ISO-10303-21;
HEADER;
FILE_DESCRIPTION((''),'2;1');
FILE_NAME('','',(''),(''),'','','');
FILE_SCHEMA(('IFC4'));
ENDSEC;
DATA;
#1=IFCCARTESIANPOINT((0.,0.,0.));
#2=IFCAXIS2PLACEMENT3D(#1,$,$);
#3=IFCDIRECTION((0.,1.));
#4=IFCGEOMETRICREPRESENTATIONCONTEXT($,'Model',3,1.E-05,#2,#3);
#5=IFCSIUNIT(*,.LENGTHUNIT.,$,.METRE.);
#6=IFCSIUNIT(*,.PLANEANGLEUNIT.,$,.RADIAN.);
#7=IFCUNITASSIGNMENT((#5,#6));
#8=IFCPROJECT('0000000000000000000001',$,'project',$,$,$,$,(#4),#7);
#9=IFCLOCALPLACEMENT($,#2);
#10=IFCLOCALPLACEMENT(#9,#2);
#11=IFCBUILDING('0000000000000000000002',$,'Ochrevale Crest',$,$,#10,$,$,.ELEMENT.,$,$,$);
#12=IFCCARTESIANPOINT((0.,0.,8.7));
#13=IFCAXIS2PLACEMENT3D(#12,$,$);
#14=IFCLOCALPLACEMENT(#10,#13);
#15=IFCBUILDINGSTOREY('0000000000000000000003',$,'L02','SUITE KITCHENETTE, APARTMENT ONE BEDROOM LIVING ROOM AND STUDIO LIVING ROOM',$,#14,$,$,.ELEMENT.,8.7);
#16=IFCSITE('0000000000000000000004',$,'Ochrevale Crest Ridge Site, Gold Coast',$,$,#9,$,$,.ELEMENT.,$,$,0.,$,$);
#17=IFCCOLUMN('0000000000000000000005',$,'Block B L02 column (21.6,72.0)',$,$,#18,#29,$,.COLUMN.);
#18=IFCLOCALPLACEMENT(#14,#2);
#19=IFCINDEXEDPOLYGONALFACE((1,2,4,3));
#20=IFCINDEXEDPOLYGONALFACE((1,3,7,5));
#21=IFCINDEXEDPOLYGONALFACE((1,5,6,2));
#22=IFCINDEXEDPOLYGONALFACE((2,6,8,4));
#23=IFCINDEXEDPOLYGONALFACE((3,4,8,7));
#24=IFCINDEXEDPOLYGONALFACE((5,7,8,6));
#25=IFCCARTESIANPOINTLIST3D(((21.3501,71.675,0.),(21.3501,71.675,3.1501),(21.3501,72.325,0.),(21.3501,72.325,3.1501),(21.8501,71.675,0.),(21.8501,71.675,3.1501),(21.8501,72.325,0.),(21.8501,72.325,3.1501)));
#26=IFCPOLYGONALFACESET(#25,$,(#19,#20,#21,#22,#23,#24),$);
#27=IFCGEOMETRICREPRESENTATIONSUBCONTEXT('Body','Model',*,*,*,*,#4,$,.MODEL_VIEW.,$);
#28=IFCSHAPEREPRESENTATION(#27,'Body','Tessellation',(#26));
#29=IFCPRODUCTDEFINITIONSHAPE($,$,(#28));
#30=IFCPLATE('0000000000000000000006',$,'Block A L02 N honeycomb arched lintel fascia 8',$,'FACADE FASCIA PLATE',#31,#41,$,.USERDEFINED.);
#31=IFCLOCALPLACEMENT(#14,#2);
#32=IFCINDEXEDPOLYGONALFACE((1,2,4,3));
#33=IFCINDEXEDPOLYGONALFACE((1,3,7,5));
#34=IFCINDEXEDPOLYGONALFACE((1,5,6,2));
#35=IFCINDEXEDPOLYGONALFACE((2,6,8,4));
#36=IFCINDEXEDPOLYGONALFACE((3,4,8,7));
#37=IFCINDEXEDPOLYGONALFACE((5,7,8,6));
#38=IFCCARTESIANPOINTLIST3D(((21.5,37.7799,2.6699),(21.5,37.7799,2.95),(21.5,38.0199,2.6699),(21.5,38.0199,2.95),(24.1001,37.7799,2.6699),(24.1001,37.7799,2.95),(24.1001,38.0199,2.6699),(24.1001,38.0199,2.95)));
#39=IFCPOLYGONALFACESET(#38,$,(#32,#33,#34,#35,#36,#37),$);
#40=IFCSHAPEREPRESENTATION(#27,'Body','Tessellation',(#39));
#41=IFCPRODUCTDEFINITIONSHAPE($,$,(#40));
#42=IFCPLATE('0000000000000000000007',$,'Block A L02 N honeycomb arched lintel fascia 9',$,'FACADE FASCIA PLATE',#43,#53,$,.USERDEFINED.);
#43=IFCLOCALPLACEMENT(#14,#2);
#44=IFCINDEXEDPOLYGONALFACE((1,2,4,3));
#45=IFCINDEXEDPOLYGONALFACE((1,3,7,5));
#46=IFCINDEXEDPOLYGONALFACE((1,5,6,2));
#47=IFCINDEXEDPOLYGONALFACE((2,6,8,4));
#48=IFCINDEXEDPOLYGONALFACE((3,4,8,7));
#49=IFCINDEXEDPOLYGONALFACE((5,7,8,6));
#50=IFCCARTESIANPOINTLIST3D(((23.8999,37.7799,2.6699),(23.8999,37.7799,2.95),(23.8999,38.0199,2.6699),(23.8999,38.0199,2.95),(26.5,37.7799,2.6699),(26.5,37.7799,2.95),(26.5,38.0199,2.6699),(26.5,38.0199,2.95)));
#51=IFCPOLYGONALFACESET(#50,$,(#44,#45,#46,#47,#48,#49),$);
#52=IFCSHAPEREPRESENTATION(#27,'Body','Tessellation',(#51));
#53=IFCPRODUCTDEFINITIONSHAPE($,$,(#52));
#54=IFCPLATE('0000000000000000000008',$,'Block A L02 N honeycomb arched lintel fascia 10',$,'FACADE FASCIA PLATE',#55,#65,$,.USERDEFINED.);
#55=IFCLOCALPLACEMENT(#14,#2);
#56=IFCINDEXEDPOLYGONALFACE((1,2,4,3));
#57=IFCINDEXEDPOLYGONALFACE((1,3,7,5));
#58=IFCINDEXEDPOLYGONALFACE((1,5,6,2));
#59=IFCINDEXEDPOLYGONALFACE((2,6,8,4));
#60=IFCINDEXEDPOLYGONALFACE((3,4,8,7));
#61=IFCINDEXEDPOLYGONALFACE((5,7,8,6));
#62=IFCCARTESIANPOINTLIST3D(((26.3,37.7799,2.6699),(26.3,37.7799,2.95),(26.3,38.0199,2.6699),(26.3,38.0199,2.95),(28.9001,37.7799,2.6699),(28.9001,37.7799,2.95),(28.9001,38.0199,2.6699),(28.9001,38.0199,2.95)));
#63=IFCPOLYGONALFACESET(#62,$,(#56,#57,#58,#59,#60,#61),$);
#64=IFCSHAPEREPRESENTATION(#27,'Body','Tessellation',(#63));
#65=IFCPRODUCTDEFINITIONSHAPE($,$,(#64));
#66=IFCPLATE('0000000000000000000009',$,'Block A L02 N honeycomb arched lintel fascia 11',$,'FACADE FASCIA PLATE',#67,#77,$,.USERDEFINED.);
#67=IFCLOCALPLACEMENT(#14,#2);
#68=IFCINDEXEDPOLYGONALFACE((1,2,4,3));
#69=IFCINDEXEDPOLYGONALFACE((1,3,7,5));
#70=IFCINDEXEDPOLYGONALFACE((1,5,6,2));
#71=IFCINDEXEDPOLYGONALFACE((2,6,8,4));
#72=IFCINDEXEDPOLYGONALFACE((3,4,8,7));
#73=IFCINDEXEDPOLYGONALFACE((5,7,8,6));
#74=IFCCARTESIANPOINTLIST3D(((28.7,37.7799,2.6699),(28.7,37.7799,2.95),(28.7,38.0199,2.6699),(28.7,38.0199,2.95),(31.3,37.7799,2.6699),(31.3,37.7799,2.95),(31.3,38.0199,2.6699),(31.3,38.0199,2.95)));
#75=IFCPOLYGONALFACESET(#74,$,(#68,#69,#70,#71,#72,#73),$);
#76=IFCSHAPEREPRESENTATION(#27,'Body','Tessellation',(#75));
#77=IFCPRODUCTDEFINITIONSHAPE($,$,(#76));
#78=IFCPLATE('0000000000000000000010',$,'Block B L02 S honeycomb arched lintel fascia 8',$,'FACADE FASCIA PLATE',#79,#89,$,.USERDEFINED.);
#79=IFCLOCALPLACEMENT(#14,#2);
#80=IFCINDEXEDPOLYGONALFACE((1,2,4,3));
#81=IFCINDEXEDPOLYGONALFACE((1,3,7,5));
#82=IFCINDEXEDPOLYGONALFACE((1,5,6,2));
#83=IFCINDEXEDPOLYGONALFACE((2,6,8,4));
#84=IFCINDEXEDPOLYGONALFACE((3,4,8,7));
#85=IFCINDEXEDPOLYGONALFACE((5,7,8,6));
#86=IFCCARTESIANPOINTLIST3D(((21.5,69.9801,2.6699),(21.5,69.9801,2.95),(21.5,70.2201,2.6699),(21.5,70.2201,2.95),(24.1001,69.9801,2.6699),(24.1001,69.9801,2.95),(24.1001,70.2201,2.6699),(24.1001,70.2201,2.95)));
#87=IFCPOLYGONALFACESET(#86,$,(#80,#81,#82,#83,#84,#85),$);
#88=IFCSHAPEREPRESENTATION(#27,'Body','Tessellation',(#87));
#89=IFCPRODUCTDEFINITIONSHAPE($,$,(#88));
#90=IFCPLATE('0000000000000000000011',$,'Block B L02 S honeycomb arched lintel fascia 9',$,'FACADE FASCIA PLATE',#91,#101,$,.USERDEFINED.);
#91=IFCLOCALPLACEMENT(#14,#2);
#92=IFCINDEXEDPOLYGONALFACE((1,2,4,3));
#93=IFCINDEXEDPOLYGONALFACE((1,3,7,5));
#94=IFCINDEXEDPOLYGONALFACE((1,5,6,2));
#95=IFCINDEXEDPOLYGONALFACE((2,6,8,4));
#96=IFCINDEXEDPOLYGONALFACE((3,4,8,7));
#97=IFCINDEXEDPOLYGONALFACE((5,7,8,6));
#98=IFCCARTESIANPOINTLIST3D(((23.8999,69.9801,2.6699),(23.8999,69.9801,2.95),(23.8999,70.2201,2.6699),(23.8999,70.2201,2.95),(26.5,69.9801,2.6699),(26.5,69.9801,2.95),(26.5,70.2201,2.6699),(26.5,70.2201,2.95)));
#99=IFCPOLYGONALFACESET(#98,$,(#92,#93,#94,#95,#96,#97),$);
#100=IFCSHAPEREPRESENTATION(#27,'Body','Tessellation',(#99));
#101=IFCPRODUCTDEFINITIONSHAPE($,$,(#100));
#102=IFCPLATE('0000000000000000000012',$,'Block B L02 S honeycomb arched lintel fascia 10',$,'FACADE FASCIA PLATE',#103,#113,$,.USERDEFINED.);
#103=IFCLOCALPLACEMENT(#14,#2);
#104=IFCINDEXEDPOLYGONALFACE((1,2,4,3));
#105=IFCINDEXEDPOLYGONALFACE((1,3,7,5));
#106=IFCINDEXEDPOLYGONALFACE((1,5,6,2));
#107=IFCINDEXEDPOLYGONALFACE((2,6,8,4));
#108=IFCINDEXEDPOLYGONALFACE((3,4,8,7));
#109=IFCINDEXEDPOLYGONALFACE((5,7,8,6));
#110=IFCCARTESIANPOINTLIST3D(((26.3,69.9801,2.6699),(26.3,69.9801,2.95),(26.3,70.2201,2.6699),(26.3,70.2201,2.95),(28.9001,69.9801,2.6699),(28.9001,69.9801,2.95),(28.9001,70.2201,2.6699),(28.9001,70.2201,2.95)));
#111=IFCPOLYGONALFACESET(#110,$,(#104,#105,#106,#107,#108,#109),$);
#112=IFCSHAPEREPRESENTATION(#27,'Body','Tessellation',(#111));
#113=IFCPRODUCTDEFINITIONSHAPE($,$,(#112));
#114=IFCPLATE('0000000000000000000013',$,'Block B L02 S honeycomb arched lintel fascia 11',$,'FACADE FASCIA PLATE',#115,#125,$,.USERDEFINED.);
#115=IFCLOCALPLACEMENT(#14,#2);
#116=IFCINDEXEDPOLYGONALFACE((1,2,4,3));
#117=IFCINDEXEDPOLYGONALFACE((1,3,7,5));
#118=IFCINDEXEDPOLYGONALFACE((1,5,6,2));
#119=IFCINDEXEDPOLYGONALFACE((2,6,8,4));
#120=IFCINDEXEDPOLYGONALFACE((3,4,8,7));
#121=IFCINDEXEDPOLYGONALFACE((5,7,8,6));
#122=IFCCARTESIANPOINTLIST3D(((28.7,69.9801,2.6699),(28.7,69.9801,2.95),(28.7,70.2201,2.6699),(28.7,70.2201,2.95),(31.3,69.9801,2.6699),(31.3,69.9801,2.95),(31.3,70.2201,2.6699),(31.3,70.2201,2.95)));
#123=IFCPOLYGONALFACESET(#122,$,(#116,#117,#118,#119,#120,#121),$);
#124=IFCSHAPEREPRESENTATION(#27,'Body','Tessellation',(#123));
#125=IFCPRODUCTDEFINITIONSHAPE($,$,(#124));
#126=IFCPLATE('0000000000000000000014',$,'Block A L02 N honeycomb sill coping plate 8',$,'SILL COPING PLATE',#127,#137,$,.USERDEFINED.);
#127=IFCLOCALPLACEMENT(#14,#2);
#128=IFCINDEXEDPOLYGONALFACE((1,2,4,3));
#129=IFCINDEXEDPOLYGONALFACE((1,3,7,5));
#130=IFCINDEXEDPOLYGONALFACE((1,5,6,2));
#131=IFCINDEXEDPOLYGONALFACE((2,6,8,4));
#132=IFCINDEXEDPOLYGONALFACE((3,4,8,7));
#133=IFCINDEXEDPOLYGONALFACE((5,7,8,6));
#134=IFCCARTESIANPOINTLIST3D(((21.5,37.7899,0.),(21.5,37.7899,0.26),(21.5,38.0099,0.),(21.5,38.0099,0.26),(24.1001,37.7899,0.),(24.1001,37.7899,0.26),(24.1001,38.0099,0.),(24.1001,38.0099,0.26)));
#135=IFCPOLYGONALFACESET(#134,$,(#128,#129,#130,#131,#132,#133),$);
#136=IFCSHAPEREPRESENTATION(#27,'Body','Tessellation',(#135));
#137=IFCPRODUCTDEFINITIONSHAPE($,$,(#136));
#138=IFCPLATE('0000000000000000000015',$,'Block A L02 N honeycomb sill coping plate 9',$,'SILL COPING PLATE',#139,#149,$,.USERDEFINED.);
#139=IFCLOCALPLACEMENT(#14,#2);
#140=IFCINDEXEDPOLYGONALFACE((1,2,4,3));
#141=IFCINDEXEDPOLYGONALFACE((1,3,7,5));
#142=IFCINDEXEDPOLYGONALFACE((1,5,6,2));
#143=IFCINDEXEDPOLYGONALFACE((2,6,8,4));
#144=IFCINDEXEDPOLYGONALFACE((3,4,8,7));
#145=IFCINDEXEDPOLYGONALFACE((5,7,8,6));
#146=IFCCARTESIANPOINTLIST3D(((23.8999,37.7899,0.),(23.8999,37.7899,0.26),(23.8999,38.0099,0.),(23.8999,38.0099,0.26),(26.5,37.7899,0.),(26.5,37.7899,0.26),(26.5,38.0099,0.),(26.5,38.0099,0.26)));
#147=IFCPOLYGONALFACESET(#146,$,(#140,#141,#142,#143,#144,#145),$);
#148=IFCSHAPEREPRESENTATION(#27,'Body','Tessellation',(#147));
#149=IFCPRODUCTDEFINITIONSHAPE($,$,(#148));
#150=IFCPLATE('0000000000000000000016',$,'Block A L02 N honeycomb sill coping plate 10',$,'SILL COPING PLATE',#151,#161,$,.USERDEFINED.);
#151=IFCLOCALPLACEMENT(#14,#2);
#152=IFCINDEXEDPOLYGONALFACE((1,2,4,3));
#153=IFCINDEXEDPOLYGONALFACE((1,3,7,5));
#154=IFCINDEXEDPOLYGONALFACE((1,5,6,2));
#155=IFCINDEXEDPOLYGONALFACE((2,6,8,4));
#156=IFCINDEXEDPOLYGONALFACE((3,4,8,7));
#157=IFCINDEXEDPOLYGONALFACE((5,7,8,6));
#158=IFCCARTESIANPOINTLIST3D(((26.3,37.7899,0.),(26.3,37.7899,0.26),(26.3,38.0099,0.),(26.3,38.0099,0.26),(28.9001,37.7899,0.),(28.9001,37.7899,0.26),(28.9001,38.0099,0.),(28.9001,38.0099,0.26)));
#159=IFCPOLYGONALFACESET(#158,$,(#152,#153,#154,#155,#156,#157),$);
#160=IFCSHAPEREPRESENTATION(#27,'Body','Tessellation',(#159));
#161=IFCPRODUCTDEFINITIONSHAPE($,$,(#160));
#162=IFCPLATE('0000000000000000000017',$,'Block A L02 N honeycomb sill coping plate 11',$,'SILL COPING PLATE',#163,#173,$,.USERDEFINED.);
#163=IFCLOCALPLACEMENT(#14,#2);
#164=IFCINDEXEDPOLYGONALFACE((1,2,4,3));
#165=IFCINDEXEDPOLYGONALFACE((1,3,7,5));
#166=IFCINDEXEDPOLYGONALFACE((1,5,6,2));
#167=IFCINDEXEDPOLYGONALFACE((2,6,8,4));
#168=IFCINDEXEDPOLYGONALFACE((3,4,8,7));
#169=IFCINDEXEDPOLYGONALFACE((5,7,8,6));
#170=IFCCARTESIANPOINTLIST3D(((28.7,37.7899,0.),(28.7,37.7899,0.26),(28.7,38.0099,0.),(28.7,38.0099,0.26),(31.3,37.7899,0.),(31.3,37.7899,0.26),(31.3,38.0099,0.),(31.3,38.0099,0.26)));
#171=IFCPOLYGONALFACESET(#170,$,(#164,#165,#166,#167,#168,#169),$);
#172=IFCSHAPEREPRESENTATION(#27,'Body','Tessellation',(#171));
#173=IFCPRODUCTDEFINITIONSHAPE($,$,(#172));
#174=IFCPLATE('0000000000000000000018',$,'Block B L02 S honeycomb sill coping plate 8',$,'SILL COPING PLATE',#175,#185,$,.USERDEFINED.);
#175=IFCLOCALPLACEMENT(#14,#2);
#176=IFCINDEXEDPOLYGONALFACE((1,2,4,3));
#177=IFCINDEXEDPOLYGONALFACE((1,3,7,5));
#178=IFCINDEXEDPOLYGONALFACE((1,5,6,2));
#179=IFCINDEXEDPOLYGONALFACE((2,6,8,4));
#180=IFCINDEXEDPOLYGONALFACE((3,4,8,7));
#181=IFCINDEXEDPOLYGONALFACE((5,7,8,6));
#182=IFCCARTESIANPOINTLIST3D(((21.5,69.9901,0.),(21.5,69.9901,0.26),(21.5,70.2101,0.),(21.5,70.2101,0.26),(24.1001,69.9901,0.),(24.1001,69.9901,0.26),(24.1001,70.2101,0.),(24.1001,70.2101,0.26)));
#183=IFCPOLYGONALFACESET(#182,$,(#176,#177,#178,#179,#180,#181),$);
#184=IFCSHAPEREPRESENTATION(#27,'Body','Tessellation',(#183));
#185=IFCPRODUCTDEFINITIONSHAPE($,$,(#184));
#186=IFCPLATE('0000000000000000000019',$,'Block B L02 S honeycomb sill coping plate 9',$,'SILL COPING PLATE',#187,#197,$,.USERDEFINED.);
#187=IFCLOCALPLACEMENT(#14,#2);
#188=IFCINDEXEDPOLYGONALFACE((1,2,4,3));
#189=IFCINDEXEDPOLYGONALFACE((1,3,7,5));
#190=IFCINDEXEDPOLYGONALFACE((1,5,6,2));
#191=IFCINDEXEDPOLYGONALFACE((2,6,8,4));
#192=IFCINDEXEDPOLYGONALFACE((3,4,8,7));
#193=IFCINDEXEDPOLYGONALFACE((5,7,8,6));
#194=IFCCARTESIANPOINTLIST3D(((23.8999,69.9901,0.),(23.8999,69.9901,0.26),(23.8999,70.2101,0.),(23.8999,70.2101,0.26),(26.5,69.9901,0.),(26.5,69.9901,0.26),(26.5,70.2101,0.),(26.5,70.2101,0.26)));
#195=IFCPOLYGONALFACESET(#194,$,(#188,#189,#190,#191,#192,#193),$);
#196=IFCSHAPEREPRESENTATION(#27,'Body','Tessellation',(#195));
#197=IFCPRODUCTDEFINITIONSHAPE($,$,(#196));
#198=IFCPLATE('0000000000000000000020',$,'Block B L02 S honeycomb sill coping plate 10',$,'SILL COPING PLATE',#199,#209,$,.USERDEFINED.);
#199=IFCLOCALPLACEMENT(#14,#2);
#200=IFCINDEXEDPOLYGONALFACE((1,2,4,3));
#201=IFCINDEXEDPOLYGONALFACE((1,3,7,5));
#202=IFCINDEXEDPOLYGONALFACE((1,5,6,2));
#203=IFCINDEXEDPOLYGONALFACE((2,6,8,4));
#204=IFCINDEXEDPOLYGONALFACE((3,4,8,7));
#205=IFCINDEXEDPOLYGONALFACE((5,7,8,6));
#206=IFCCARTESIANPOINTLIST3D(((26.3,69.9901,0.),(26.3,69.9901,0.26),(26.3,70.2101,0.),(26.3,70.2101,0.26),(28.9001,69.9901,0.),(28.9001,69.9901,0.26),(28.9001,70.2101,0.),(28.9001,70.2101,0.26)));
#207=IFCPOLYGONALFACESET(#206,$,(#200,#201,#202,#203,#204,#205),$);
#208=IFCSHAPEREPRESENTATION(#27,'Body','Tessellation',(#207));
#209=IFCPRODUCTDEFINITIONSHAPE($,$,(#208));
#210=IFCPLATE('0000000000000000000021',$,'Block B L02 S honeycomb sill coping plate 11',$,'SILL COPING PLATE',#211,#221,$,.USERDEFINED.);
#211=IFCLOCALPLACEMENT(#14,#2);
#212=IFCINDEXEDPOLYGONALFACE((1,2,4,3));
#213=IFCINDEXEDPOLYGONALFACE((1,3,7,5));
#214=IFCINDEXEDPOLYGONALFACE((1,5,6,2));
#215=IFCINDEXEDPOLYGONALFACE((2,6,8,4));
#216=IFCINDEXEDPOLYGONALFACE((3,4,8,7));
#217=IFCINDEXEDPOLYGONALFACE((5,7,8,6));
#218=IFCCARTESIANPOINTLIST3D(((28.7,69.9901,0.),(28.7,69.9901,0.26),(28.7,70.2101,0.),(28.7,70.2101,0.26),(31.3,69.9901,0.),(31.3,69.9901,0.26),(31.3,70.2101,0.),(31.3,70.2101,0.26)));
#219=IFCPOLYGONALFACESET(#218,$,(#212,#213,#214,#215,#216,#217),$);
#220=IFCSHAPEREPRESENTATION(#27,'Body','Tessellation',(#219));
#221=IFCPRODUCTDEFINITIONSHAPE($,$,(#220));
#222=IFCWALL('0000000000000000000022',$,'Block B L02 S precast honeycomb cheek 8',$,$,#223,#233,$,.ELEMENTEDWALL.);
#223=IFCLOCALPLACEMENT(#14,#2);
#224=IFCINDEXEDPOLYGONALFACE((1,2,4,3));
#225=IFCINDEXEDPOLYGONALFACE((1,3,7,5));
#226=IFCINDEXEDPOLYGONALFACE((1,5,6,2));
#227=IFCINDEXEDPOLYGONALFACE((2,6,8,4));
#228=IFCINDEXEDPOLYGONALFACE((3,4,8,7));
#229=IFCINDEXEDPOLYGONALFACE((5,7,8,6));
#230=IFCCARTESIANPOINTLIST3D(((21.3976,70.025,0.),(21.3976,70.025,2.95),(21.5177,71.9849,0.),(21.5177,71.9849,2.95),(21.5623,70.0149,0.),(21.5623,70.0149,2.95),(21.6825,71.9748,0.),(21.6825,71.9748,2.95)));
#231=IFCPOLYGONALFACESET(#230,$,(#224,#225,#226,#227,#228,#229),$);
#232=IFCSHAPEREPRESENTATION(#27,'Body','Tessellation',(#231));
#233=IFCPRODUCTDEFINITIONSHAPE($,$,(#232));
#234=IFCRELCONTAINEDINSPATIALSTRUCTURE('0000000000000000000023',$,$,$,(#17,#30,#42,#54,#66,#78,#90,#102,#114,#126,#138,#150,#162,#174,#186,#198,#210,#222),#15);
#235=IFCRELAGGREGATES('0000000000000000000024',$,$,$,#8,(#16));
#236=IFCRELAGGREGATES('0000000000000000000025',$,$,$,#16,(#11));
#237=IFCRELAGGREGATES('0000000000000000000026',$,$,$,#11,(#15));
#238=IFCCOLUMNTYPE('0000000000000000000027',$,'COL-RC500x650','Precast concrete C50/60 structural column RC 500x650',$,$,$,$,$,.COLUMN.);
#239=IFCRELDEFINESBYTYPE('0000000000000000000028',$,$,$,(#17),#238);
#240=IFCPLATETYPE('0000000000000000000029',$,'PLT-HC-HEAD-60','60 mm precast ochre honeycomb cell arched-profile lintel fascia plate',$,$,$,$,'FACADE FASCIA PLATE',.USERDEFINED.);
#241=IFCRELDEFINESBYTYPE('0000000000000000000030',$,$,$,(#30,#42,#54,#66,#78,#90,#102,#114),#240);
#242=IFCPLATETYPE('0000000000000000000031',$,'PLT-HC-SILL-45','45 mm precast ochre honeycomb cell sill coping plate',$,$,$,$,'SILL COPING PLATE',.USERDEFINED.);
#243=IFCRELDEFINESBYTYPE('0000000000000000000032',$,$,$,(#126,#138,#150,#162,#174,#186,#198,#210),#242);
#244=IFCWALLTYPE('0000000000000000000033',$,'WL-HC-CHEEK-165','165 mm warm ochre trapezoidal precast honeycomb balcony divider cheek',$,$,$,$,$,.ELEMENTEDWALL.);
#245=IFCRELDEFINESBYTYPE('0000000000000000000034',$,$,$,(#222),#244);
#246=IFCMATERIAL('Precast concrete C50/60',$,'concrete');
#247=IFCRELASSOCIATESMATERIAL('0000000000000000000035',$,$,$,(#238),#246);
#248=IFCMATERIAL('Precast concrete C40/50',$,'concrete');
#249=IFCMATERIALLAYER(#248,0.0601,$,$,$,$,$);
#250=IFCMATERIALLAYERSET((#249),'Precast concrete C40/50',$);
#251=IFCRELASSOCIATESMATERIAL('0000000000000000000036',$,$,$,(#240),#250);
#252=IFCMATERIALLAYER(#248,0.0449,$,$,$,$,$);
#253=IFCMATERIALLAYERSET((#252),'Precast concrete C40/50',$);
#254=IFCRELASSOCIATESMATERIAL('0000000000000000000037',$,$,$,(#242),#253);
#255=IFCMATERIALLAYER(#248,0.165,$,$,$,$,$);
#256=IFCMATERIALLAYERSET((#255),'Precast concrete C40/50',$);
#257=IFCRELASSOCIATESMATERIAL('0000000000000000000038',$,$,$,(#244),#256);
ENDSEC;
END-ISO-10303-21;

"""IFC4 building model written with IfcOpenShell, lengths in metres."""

from ifc_helpers import new_model, si_unit, direction, frame, frame_2d, origin, origin_2d, place, context, subcontext, project, spatial, rectangle, extrude, material, layer, layer_set, material_profile, profile_set, type_object, element, save


model = new_model("IFC4")

# Units and contexts
model_context = context("Model", 3, precision=1e-05, world=origin(), true_north=direction((0.0, 1.0)))
body_context = subcontext(model_context, "Body", "Model", "MODEL_VIEW")
ifc_project = project(units=[si_unit("LENGTHUNIT", "METRE"), si_unit("PLANEANGLEUNIT", "RADIAN")], contexts=[model_context])

# Site, building, storey
site_placement = place(None, origin())
site = spatial("IfcSite", under=ifc_project, at=site_placement, Name="Ochrevale Crest Ridge Site, Gold Coast", CompositionType="ELEMENT", RefElevation=0.0)
building_placement = place(site_placement, origin())
building = spatial("IfcBuilding", under=site, at=building_placement, Name="Ochrevale Crest", CompositionType="ELEMENT")
storey_placement = place(building_placement, frame((0.0, 0.0, 8.7)))
storey = spatial("IfcBuildingStorey", under=building, at=storey_placement, Name="L02", Description="SUITE KITCHENETTE, APARTMENT ONE BEDROOM LIVING ROOM AND STUDIO LIVING ROOM", CompositionType="ELEMENT", Elevation=8.7)

# Column
ifc_material_1 = material(Name="Precast concrete C50/60", Category="concrete")
ifc_material_profile = material_profile(ifc_material_1, rectangle(XDim=0.5, YDim=0.6499, at=origin_2d()), Name="RC 500x650")
ifc_profile_set = profile_set([ifc_material_profile], Name="Precast concrete C50/60")
column_type = type_object("IfcColumnType", Name="COL-RC500x650", Description="Precast concrete C50/60 structural column RC 500x650", PredefinedType="COLUMN", material=ifc_profile_set)
column_placement = place(storey_placement, frame((21.6001, 72.0, 0.0), z_axis=(0.0, 0.0, 1.0), x_axis=(1.0, 0.0, 0.0)))
element("IfcColumn", 1, at=column_placement, inside=storey, type_object=column_type, Name="Block B L02 column (21.6,72.0)", PredefinedType="COLUMN", context=body_context, shape_type="SweptSolid", body=[
    extrude(rectangle(XDim=0.5, YDim=0.6499, at=origin_2d()), origin(), (0.0, 0.0, 1.0), 3.1501),
])

# Plates
ifc_material_2 = material(Name="Precast concrete C40/50", Category="concrete")
ifc_layer_1 = layer(ifc_material_2, 0.0601)
ifc_layer_set_1 = layer_set([ifc_layer_1], Name="Precast concrete C40/50")
plate_type_1 = type_object("IfcPlateType", Name="PLT-HC-HEAD-60", Description="60 mm precast ochre honeycomb cell arched-profile lintel fascia plate", ElementType="FACADE FASCIA PLATE", PredefinedType="USERDEFINED", material=ifc_layer_set_1)
for number, where, z_axis, x_axis, name in (
    (2, (22.8, 37.8999, 2.6699), (0.0, 0.0, 1.0), (1.0, 0.0, 0.0), "Block A L02 N honeycomb arched lintel fascia 8"),
    (3, (25.2, 37.8999, 2.6699), (0.0, 0.0, 1.0), (1.0, 0.0, 0.0), "Block A L02 N honeycomb arched lintel fascia 9"),
    (4, (27.6001, 37.8999, 2.6699), (0.0, 0.0, 1.0), (1.0, 0.0, 0.0), "Block A L02 N honeycomb arched lintel fascia 10"),
    (5, (30.0, 37.8999, 2.6699), (0.0, 0.0, 1.0), (1.0, 0.0, 0.0), "Block A L02 N honeycomb arched lintel fascia 11"),
    (6, (22.8, 70.1001, 2.6699), (0.0, 0.0, 1.0), (1.0, 0.0, 0.0), "Block B L02 S honeycomb arched lintel fascia 8"),
    (7, (25.2, 70.1001, 2.6699), (0.0, 0.0, 1.0), (1.0, 0.0, 0.0), "Block B L02 S honeycomb arched lintel fascia 9"),
    (8, (27.6001, 70.1001, 2.6699), (0.0, 0.0, 1.0), (1.0, 0.0, 0.0), "Block B L02 S honeycomb arched lintel fascia 10"),
    (9, (30.0, 70.1001, 2.6699), (0.0, 0.0, 1.0), (1.0, 0.0, 0.0), "Block B L02 S honeycomb arched lintel fascia 11"),
):
    element("IfcPlate", number, at=place(storey_placement, frame(where, z_axis=z_axis, x_axis=x_axis)), inside=storey, type_object=plate_type_1, Name=name, ObjectType="FACADE FASCIA PLATE", PredefinedType="USERDEFINED", context=body_context, shape_type="SweptSolid", body=[
        extrude(rectangle(XDim=2.6001, YDim=0.24, at=origin_2d()), origin(), (0.0, 0.0, 1.0), 0.28),
    ])
ifc_layer_2 = layer(ifc_material_2, 0.0449)
ifc_layer_set_2 = layer_set([ifc_layer_2], Name="Precast concrete C40/50")
plate_type_2 = type_object("IfcPlateType", Name="PLT-HC-SILL-45", Description="45 mm precast ochre honeycomb cell sill coping plate", ElementType="SILL COPING PLATE", PredefinedType="USERDEFINED", material=ifc_layer_set_2)
for number, where, z_axis, x_axis, name in (
    (10, (22.8, 37.8999, 0.0), (0.0, 0.0, 1.0), (1.0, 0.0, 0.0), "Block A L02 N honeycomb sill coping plate 8"),
    (11, (25.2, 37.8999, 0.0), (0.0, 0.0, 1.0), (1.0, 0.0, 0.0), "Block A L02 N honeycomb sill coping plate 9"),
    (12, (27.6001, 37.8999, 0.0), (0.0, 0.0, 1.0), (1.0, 0.0, 0.0), "Block A L02 N honeycomb sill coping plate 10"),
    (13, (30.0, 37.8999, 0.0), (0.0, 0.0, 1.0), (1.0, 0.0, 0.0), "Block A L02 N honeycomb sill coping plate 11"),
    (14, (22.8, 70.1001, 0.0), (0.0, 0.0, 1.0), (1.0, 0.0, 0.0), "Block B L02 S honeycomb sill coping plate 8"),
    (15, (25.2, 70.1001, 0.0), (0.0, 0.0, 1.0), (1.0, 0.0, 0.0), "Block B L02 S honeycomb sill coping plate 9"),
    (16, (27.6001, 70.1001, 0.0), (0.0, 0.0, 1.0), (1.0, 0.0, 0.0), "Block B L02 S honeycomb sill coping plate 10"),
    (17, (30.0, 70.1001, 0.0), (0.0, 0.0, 1.0), (1.0, 0.0, 0.0), "Block B L02 S honeycomb sill coping plate 11"),
):
    element("IfcPlate", number, at=place(storey_placement, frame(where, z_axis=z_axis, x_axis=x_axis)), inside=storey, type_object=plate_type_2, Name=name, ObjectType="SILL COPING PLATE", PredefinedType="USERDEFINED", context=body_context, shape_type="SweptSolid", body=[
        extrude(rectangle(XDim=2.6001, YDim=0.22, at=origin_2d()), origin(), (0.0, 0.0, 1.0), 0.26),
    ])

# Wall
ifc_layer_3 = layer(ifc_material_2, 0.165)
ifc_layer_set_3 = layer_set([ifc_layer_3], Name="Precast concrete C40/50")
wall_type = type_object("IfcWallType", Name="WL-HC-CHEEK-165", Description="165 mm warm ochre trapezoidal precast honeycomb balcony divider cheek", PredefinedType="ELEMENTEDWALL", material=ifc_layer_set_3)
wall_placement = place(storey_placement, frame((21.6001, 71.98, 0.0), z_axis=(0.0, 0.0, 1.0), x_axis=(-0.061171, -0.998127, 0.0)))
element("IfcWall", 18, at=wall_placement, inside=storey, type_object=wall_type, Name="Block B L02 S precast honeycomb cheek 8", PredefinedType="ELEMENTEDWALL", context=body_context, shape_type="SweptSolid", body=[
    extrude(rectangle(XDim=1.9636, YDim=0.165, at=frame_2d((0.9819, 0.0))), origin(), (0.0, 0.0, 1.0), 2.95),
])

save(model, "model.ifc")
